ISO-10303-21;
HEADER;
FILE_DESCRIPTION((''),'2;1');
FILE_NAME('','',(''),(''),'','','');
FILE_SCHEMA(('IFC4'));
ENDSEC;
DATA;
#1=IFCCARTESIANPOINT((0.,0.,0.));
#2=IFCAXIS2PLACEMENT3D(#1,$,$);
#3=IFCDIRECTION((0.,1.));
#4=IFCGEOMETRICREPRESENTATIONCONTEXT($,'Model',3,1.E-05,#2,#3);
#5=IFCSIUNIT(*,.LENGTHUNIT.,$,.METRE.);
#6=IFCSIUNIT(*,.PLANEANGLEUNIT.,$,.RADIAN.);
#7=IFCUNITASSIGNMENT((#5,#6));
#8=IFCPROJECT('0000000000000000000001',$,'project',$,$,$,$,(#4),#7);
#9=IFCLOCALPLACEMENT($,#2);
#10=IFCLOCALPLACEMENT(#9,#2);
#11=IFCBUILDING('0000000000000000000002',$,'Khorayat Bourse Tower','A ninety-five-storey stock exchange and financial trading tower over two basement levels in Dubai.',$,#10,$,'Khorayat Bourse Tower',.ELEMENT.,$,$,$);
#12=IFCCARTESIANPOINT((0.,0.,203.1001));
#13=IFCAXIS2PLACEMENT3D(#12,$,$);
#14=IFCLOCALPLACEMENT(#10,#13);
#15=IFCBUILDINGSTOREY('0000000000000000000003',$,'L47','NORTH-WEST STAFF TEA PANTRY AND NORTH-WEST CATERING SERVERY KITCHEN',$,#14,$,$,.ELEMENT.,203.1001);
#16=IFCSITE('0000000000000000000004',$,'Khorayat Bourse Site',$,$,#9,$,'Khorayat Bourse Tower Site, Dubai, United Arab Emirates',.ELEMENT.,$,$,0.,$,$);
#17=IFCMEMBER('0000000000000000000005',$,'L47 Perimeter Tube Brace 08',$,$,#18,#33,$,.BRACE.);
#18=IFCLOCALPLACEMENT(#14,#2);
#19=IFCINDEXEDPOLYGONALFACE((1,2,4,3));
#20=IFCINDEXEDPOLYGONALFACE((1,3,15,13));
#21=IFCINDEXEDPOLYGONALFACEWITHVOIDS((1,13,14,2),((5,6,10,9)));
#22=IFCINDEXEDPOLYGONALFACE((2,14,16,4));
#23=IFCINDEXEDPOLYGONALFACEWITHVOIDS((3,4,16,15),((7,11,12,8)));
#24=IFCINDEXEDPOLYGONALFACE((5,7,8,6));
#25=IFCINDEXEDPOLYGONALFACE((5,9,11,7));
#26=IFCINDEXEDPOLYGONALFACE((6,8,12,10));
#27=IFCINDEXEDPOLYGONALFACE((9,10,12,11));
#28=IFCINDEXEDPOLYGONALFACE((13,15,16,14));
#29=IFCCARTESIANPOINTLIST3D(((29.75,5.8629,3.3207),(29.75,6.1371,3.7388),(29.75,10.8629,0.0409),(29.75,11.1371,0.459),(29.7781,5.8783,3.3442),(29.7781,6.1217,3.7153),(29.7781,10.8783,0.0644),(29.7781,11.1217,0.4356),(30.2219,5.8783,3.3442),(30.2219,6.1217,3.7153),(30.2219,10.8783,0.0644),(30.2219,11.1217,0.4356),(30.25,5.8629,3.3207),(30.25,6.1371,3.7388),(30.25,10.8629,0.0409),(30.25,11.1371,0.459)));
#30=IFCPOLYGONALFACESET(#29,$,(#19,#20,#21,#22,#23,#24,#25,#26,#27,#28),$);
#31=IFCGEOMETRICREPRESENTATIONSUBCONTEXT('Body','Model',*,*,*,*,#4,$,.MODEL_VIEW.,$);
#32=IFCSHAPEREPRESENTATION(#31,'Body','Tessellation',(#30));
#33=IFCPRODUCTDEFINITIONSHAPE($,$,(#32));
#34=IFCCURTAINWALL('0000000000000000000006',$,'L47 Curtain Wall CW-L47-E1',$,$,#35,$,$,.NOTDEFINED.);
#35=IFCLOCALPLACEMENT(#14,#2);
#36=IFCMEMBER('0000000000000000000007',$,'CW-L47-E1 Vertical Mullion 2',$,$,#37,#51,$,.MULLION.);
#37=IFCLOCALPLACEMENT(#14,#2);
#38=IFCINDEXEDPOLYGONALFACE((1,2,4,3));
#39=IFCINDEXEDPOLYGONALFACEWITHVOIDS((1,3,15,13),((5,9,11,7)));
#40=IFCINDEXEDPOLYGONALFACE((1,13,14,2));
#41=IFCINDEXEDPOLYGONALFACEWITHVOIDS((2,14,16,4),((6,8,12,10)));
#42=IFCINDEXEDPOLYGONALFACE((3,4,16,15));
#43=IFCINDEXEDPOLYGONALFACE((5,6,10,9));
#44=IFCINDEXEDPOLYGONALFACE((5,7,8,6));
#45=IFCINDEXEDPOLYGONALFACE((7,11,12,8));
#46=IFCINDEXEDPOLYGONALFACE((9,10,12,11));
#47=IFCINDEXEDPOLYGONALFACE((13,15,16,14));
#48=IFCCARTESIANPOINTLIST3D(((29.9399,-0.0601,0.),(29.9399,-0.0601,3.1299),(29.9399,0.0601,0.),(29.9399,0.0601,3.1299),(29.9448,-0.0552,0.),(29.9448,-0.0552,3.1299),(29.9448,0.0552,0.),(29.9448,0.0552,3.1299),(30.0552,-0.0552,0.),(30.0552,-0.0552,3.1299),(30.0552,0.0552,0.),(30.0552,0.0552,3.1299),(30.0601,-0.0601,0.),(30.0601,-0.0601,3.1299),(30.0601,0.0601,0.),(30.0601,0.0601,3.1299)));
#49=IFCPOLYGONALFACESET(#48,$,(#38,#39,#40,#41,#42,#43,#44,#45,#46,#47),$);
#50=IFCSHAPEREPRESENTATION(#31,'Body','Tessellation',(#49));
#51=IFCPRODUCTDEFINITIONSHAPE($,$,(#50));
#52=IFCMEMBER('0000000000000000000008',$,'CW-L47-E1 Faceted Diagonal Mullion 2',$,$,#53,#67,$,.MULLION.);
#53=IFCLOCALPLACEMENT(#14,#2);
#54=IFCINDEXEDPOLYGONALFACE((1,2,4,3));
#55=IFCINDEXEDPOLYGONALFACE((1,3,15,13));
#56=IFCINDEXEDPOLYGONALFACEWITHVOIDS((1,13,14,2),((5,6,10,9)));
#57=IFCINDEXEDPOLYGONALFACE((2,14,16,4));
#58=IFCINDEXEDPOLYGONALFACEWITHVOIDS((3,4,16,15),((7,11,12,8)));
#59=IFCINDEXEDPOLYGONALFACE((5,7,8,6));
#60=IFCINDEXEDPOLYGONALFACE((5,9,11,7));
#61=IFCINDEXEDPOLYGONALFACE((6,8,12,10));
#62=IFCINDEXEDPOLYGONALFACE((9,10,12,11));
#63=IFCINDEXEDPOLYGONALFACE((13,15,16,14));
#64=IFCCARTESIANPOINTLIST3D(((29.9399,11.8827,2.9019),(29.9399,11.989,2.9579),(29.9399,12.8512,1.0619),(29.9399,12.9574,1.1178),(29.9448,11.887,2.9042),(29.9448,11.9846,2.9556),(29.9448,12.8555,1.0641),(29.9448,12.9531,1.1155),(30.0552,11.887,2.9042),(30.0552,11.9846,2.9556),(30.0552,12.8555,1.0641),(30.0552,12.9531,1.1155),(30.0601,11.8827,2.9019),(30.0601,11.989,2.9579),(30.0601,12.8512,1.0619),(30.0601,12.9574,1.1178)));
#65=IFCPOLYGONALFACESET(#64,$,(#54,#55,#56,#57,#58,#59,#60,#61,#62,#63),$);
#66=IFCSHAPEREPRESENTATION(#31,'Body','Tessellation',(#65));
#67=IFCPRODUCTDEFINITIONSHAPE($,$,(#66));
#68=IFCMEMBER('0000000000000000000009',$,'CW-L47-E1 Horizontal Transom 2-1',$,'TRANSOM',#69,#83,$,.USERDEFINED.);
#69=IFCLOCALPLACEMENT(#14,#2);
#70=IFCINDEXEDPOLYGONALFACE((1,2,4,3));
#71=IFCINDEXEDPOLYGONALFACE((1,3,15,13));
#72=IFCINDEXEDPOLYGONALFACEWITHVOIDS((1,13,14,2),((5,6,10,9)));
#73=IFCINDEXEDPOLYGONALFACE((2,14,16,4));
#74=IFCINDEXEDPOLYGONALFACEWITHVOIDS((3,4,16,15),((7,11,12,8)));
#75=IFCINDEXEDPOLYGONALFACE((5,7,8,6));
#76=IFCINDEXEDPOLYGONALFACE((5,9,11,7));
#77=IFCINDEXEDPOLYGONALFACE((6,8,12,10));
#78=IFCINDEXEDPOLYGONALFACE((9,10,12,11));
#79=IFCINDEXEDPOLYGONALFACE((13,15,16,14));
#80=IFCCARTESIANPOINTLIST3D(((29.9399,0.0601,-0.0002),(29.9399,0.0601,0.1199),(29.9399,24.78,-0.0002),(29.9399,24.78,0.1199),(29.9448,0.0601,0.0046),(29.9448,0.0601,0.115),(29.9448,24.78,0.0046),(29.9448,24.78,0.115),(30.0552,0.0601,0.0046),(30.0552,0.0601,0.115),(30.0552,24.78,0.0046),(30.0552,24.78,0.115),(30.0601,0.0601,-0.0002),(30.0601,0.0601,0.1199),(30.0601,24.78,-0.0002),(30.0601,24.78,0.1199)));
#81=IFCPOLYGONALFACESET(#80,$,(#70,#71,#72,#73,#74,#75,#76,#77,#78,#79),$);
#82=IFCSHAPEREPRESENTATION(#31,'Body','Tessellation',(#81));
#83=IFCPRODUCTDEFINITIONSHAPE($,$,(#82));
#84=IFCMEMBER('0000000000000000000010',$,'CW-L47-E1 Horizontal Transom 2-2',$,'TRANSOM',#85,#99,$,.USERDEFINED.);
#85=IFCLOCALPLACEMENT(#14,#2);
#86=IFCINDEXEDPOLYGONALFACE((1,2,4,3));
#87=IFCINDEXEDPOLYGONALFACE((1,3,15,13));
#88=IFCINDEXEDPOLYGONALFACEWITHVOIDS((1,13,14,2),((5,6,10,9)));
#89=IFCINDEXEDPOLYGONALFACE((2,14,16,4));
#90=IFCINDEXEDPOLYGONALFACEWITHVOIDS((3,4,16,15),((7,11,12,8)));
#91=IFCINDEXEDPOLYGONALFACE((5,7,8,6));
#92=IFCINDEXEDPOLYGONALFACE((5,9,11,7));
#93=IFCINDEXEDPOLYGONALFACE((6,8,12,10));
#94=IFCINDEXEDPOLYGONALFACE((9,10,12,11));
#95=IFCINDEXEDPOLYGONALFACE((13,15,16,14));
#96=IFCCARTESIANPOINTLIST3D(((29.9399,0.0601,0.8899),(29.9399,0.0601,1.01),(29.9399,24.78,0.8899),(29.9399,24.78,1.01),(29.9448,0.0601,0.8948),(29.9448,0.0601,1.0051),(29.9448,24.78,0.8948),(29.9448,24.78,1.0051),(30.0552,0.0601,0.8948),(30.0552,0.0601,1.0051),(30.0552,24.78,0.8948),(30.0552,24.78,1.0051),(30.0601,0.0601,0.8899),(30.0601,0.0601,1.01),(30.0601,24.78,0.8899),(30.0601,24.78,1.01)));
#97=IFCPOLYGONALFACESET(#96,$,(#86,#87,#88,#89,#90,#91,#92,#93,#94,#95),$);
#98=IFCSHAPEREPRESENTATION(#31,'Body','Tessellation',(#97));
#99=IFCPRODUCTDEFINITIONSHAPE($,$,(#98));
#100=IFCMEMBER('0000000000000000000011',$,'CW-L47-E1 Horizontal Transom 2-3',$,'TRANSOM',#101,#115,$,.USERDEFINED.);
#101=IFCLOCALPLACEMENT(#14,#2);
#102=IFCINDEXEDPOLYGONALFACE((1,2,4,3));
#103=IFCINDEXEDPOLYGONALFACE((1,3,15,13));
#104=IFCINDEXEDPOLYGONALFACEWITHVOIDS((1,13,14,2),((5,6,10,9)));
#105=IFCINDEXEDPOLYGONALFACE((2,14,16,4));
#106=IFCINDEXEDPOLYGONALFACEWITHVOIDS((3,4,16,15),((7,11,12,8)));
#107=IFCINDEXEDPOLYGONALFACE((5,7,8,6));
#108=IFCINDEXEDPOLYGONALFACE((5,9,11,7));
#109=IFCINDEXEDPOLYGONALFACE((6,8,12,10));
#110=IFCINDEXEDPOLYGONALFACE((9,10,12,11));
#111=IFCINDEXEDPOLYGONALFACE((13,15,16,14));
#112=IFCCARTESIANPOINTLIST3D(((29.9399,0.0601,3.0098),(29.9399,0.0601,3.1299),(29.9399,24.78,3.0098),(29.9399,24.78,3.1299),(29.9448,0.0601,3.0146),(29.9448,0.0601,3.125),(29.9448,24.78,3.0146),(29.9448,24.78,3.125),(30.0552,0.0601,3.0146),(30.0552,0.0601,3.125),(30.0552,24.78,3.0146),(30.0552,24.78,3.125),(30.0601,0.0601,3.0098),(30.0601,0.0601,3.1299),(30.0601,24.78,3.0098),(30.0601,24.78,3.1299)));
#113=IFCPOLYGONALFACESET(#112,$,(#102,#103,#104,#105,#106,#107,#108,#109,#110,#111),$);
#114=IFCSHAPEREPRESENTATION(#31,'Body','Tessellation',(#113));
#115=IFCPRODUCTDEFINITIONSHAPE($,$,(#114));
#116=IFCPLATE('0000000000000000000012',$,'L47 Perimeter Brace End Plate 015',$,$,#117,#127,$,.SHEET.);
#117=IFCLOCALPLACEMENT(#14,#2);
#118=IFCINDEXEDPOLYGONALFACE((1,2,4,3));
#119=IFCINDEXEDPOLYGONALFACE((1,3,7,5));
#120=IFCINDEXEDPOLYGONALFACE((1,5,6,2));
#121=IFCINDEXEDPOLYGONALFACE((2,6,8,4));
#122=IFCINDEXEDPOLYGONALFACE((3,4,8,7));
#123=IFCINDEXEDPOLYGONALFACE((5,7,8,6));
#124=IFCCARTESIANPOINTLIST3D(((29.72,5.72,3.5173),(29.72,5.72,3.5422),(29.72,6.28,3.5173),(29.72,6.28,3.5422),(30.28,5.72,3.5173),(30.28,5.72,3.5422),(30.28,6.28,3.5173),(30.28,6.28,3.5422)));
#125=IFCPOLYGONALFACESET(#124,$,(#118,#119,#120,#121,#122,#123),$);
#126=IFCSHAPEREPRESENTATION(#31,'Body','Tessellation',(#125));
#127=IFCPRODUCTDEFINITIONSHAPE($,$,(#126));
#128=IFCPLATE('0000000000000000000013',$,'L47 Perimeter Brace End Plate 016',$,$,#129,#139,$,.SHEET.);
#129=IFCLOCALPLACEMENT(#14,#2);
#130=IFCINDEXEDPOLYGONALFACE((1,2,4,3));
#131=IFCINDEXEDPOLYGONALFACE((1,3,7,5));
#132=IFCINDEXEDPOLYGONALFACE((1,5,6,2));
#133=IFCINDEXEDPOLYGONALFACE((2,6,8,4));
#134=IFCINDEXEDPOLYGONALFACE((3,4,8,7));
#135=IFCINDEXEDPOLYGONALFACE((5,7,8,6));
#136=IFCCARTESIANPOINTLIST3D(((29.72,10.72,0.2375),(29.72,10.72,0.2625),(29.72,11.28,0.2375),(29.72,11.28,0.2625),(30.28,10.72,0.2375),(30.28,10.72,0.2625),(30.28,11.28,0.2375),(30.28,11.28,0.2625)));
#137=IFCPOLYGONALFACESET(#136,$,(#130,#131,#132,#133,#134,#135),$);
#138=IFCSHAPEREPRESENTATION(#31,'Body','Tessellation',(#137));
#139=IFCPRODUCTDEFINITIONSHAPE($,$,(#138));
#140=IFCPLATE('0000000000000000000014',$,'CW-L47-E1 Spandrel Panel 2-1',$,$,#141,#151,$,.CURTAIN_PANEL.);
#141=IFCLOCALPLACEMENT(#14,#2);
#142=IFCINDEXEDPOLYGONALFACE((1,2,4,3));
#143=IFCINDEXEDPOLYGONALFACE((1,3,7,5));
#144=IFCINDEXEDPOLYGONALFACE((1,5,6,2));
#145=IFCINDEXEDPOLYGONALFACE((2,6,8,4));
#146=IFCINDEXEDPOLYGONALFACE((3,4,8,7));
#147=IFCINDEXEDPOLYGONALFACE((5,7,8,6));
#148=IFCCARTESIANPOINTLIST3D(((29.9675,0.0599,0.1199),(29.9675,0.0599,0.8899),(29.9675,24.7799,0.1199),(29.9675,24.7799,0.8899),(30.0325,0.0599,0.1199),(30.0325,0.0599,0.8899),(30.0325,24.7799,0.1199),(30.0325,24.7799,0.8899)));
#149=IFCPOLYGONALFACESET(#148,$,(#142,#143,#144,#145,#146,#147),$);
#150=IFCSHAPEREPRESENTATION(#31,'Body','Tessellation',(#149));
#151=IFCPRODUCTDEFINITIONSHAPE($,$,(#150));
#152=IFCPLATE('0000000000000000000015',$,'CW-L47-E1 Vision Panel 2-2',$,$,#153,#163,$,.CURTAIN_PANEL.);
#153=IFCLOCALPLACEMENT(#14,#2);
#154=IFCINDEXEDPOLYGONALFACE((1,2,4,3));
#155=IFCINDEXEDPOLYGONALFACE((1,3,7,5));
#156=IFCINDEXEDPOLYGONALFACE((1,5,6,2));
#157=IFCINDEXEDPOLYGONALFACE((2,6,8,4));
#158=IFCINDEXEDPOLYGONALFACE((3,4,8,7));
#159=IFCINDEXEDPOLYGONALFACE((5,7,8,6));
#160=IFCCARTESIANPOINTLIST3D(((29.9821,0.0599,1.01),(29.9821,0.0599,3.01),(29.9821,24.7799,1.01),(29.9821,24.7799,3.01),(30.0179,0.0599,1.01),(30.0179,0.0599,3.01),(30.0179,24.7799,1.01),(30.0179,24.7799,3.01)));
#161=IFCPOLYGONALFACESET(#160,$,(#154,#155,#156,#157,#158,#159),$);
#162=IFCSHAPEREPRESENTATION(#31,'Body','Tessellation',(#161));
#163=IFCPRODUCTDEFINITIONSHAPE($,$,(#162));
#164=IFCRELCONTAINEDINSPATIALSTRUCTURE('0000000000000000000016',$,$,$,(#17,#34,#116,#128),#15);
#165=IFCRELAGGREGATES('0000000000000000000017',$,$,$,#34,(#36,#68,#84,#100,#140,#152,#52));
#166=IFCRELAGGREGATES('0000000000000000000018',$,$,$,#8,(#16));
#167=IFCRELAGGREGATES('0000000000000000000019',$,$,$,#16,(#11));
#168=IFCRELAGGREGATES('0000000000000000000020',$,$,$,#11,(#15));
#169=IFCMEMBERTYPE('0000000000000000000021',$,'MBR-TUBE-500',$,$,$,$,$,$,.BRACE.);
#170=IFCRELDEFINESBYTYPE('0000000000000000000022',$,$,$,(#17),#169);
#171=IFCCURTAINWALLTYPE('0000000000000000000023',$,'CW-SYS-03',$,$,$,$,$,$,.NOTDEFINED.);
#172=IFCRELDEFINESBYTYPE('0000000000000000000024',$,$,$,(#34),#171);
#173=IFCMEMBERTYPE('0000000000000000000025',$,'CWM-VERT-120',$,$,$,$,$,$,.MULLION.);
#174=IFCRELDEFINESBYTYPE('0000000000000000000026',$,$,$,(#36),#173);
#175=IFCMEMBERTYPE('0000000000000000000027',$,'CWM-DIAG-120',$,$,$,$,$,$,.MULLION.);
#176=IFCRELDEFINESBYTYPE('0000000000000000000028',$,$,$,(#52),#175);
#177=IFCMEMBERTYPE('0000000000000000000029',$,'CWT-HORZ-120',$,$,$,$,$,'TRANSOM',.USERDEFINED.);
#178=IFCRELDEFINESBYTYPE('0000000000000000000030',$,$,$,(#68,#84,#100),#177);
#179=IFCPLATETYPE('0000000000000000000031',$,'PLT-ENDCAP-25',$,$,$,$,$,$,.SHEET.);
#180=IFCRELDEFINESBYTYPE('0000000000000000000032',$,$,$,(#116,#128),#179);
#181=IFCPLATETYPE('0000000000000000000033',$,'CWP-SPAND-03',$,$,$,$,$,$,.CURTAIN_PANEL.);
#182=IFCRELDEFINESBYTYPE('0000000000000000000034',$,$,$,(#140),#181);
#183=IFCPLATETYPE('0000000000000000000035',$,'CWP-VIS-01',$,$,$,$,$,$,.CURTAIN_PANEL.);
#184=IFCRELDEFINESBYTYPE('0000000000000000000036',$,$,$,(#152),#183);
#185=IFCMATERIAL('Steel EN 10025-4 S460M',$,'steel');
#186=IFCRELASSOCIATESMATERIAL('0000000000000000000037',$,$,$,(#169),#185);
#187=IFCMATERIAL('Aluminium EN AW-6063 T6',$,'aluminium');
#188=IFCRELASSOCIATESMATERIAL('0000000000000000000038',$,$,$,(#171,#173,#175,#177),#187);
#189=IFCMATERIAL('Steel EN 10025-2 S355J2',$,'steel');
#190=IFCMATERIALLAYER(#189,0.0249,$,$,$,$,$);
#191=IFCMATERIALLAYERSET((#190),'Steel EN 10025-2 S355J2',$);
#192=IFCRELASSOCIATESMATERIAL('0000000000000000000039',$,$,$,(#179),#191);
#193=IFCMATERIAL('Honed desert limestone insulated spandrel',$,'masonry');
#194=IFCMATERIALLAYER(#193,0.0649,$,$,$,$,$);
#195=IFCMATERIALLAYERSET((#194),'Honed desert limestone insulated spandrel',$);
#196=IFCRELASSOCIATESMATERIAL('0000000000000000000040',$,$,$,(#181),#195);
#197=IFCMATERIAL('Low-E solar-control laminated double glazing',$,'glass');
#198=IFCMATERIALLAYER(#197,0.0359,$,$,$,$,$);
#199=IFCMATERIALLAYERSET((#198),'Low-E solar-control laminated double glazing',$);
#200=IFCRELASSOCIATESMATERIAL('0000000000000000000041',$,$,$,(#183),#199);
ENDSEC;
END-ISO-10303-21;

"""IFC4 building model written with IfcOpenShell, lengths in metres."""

from ifc_helpers import new_model, si_unit, direction, frame, origin, origin_2d, place, context, subcontext, project, spatial, rectangle, hollow_rectangle, extrude, source, transform, mapped, material, layer, layer_set, material_profile, profile_set, type_object, element, aggregate, save


model = new_model("IFC4")

# Units and contexts
model_context = context("Model", 3, precision=1e-05, world=origin(), true_north=direction((0.0, 1.0)))
body_context = subcontext(model_context, "Body", "Model", "MODEL_VIEW")
ifc_project = project(units=[si_unit("LENGTHUNIT", "METRE"), si_unit("PLANEANGLEUNIT", "RADIAN")], contexts=[model_context])

# Site, building, storey
site_placement = place(None, origin())
site = spatial("IfcSite", under=ifc_project, at=site_placement, Name="Khorayat Bourse Site", LongName="Khorayat Bourse Tower Site, Dubai, United Arab Emirates", CompositionType="ELEMENT", RefElevation=0.0)
building_placement = place(site_placement, origin())
building = spatial("IfcBuilding", under=site, at=building_placement, Name="Khorayat Bourse Tower", Description="A ninety-five-storey stock exchange and financial trading tower over two basement levels in Dubai.", LongName="Khorayat Bourse Tower", CompositionType="ELEMENT")
storey_placement = place(building_placement, frame((0.0, 0.0, 203.1001)))
storey = spatial("IfcBuildingStorey", under=building, at=storey_placement, Name="L47", Description="NORTH-WEST STAFF TEA PANTRY AND NORTH-WEST CATERING SERVERY KITCHEN", CompositionType="ELEMENT", Elevation=203.1001)

# Shared definitions
ifc_material_1 = material(Name="Steel EN 10025-4 S460M", Category="steel")

# Member
ifc_material_profile_1 = material_profile(ifc_material_1, hollow_rectangle(XDim=0.5, YDim=0.5, WallThickness=0.0281, at=origin_2d()), Name="HSS 500x500x28")
ifc_profile_set_1 = profile_set([ifc_material_profile_1], Name="Steel EN 10025-4 S460M")
member_type_1 = type_object("IfcMemberType", Name="MBR-TUBE-500", PredefinedType="BRACE", material=ifc_profile_set_1)
shared_shape_1 = source(origin(), body_context, "Body", "SweptSolid", [
    extrude(hollow_rectangle(XDim=0.5, YDim=0.5, WallThickness=0.0281, at=origin_2d()), origin(), (0.0, 0.0, 1.0), 5.9797),
])
member_1_placement = place(storey_placement, frame((30.0, 6.0, 3.5298), z_axis=(0.0, 0.83616, -0.548485), x_axis=(-1.0, 0.0, 0.0)))
element("IfcMember", 1, at=member_1_placement, inside=storey, type_object=member_type_1, Name="L47 Perimeter Tube Brace 08", PredefinedType="BRACE", context=body_context, shape_type="MappedRepresentation", body=[
    mapped(shared_shape_1, transform((0.0, 0.0, 0.0), scale=1.0)),
])

# Curtain wall, members
ifc_material_2 = material(Name="Aluminium EN AW-6063 T6", Category="aluminium")
curtain_wall_type = type_object("IfcCurtainWallType", Name="CW-SYS-03", PredefinedType="NOTDEFINED", material=ifc_material_2)
curtain_wall_placement = place(storey_placement, origin())
curtain_wall = element("IfcCurtainWall", 2, at=curtain_wall_placement, inside=storey, type_object=curtain_wall_type, Name="L47 Curtain Wall CW-L47-E1", PredefinedType="NOTDEFINED")
ifc_material_profile_2 = material_profile(ifc_material_2, hollow_rectangle(XDim=0.1201, YDim=0.1201, WallThickness=0.0049, at=origin_2d()), Name="ALU 120x120x5")
ifc_profile_set_2 = profile_set([ifc_material_profile_2], Name="Aluminium EN AW-6063 T6")
member_type_2 = type_object("IfcMemberType", Name="CWM-VERT-120", PredefinedType="MULLION", material=ifc_profile_set_2)
shared_shape_2 = source(origin(), body_context, "Body", "SweptSolid", [
    extrude(hollow_rectangle(XDim=0.1201, YDim=0.1201, WallThickness=0.0049, at=origin_2d()), origin(), (0.0, 0.0, 1.0), 3.1299),
])
member_2_placement = place(storey_placement, frame((30.0, 0.0, 0.0), z_axis=(0.0, 0.0, 1.0), x_axis=(-1.0, 0.0, 0.0)))
member_2 = element("IfcMember", 3, at=member_2_placement, type_object=member_type_2, Name="CW-L47-E1 Vertical Mullion 2", PredefinedType="MULLION", context=body_context, shape_type="MappedRepresentation", body=[
    mapped(shared_shape_2, transform((0.0, 0.0, 0.0), scale=1.0)),
])
ifc_material_profile_3 = material_profile(ifc_material_2, hollow_rectangle(XDim=0.1201, YDim=0.1201, WallThickness=0.0049, at=origin_2d()), Name="ALU 120x120x5")
ifc_profile_set_3 = profile_set([ifc_material_profile_3], Name="Aluminium EN AW-6063 T6")
member_type_3 = type_object("IfcMemberType", Name="CWM-DIAG-120", PredefinedType="MULLION", material=ifc_profile_set_3)
shared_shape_3 = source(origin(), body_context, "Body", "SweptSolid", [
    extrude(hollow_rectangle(XDim=0.1201, YDim=0.1201, WallThickness=0.0049, at=origin_2d()), origin(), (0.0, 0.0, 1.0), 2.0793),
])
member_3_placement = place(storey_placement, frame((30.0, 12.9043, 1.0898), z_axis=(0.0, -0.465761, 0.884911), x_axis=(1.0, 0.0, 0.0)))
member_3 = element("IfcMember", 4, at=member_3_placement, type_object=member_type_3, Name="CW-L47-E1 Faceted Diagonal Mullion 2", PredefinedType="MULLION", context=body_context, shape_type="MappedRepresentation", body=[
    mapped(shared_shape_3, transform((0.0, 0.0, 0.0), scale=1.0)),
])
ifc_material_profile_4 = material_profile(ifc_material_2, hollow_rectangle(XDim=0.1201, YDim=0.1201, WallThickness=0.0049, at=origin_2d()), Name="ALU 120x120x5")
ifc_profile_set_4 = profile_set([ifc_material_profile_4], Name="Aluminium EN AW-6063 T6")
member_type_4 = type_object("IfcMemberType", Name="CWT-HORZ-120", ElementType="TRANSOM", PredefinedType="USERDEFINED", material=ifc_profile_set_4)
shared_shape_4 = source(origin(), body_context, "Body", "SweptSolid", [
    extrude(hollow_rectangle(XDim=0.1201, YDim=0.1201, WallThickness=0.0049, at=origin_2d()), origin(), (0.0, 0.0, 1.0), 24.72),
])
member_4_placement = place(storey_placement, frame((30.0, 0.0601, 0.0598), z_axis=(0.0, 1.0, 0.0), x_axis=(-1.0, 0.0, 0.0)))
member_4 = element("IfcMember", 5, at=member_4_placement, type_object=member_type_4, Name="CW-L47-E1 Horizontal Transom 2-1", ObjectType="TRANSOM", PredefinedType="USERDEFINED", context=body_context, shape_type="MappedRepresentation", body=[
    mapped(shared_shape_4, transform((0.0, 0.0, 0.0), scale=1.0)),
])
member_5_placement = place(storey_placement, frame((30.0, 0.0601, 0.95), z_axis=(0.0, 1.0, 0.0), x_axis=(-1.0, 0.0, 0.0)))
member_5 = element("IfcMember", 6, at=member_5_placement, type_object=member_type_4, Name="CW-L47-E1 Horizontal Transom 2-2", ObjectType="TRANSOM", PredefinedType="USERDEFINED", context=body_context, shape_type="MappedRepresentation", body=[
    mapped(shared_shape_4, transform((0.0, 0.0, 0.0), scale=1.0)),
])
member_6_placement = place(storey_placement, frame((30.0, 0.0601, 3.0698), z_axis=(0.0, 1.0, 0.0), x_axis=(-1.0, 0.0, 0.0)))
member_6 = element("IfcMember", 7, at=member_6_placement, type_object=member_type_4, Name="CW-L47-E1 Horizontal Transom 2-3", ObjectType="TRANSOM", PredefinedType="USERDEFINED", context=body_context, shape_type="MappedRepresentation", body=[
    mapped(shared_shape_4, transform((0.0, 0.0, 0.0), scale=1.0)),
])

# Plates
ifc_material_3 = material(Name="Steel EN 10025-2 S355J2", Category="steel")
ifc_layer_1 = layer(ifc_material_3, 0.0249)
ifc_layer_set_1 = layer_set([ifc_layer_1], Name="Steel EN 10025-2 S355J2")
plate_type_1 = type_object("IfcPlateType", Name="PLT-ENDCAP-25", PredefinedType="SHEET", material=ifc_layer_set_1)
shared_shape_5 = source(origin(), body_context, "Body", "SweptSolid", [
    extrude(rectangle(XDim=0.5601, YDim=0.5601, at=origin_2d()), origin(), (0.0, 0.0, 1.0), 0.0249),
])
for number, where, z_axis, x_axis, name in (
    (8, (30.0, 6.0, 3.5173), (0.0, 0.0, 1.0), (1.0, 0.0, 0.0), "L47 Perimeter Brace End Plate 015"),
    (9, (30.0, 11.0, 0.2375), (0.0, 0.0, 1.0), (1.0, 0.0, 0.0), "L47 Perimeter Brace End Plate 016"),
):
    element("IfcPlate", number, at=place(storey_placement, frame(where, z_axis=z_axis, x_axis=x_axis)), inside=storey, type_object=plate_type_1, Name=name, PredefinedType="SHEET", context=body_context, shape_type="MappedRepresentation", body=[
        mapped(shared_shape_5, transform((0.0, 0.0, 0.0), scale=1.0)),
    ])

# Plates
ifc_material_4 = material(Name="Honed desert limestone insulated spandrel", Category="masonry")
ifc_layer_2 = layer(ifc_material_4, 0.0649)
ifc_layer_set_2 = layer_set([ifc_layer_2], Name="Honed desert limestone insulated spandrel")
plate_type_2 = type_object("IfcPlateType", Name="CWP-SPAND-03", PredefinedType="CURTAIN_PANEL", material=ifc_layer_set_2)
shared_shape_6 = source(origin(), body_context, "Body", "SweptSolid", [
    extrude(rectangle(XDim=24.72, YDim=0.0649, at=origin_2d()), origin(), (0.0, 0.0, 1.0), 0.77),
])
plate_1_placement = place(storey_placement, frame((30.0, 12.4199, 0.1199), z_axis=(0.0, 0.0, 1.0), x_axis=(0.0, 1.0, 0.0)))
plate_1 = element("IfcPlate", 10, at=plate_1_placement, type_object=plate_type_2, Name="CW-L47-E1 Spandrel Panel 2-1", PredefinedType="CURTAIN_PANEL", context=body_context, shape_type="MappedRepresentation", body=[
    mapped(shared_shape_6, transform((0.0, 0.0, 0.0), scale=1.0)),
])
ifc_material_5 = material(Name="Low-E solar-control laminated double glazing", Category="glass")
ifc_layer_3 = layer(ifc_material_5, 0.0359)
ifc_layer_set_3 = layer_set([ifc_layer_3], Name="Low-E solar-control laminated double glazing")
plate_type_3 = type_object("IfcPlateType", Name="CWP-VIS-01", PredefinedType="CURTAIN_PANEL", material=ifc_layer_set_3)
shared_shape_7 = source(origin(), body_context, "Body", "SweptSolid", [
    extrude(rectangle(XDim=24.72, YDim=0.0359, at=origin_2d()), origin(), (0.0, 0.0, 1.0), 2.0),
])
plate_2_placement = place(storey_placement, frame((30.0, 12.4199, 1.01), z_axis=(0.0, 0.0, 1.0), x_axis=(0.0, 1.0, 0.0)))
plate_2 = element("IfcPlate", 11, at=plate_2_placement, type_object=plate_type_3, Name="CW-L47-E1 Vision Panel 2-2", PredefinedType="CURTAIN_PANEL", context=body_context, shape_type="MappedRepresentation", body=[
    mapped(shared_shape_7, transform((0.0, 0.0, 0.0), scale=1.0)),
])
aggregate(curtain_wall, [member_2, member_4, member_5, member_6, plate_1, plate_2, member_3])

save(model, "model.ifc")
